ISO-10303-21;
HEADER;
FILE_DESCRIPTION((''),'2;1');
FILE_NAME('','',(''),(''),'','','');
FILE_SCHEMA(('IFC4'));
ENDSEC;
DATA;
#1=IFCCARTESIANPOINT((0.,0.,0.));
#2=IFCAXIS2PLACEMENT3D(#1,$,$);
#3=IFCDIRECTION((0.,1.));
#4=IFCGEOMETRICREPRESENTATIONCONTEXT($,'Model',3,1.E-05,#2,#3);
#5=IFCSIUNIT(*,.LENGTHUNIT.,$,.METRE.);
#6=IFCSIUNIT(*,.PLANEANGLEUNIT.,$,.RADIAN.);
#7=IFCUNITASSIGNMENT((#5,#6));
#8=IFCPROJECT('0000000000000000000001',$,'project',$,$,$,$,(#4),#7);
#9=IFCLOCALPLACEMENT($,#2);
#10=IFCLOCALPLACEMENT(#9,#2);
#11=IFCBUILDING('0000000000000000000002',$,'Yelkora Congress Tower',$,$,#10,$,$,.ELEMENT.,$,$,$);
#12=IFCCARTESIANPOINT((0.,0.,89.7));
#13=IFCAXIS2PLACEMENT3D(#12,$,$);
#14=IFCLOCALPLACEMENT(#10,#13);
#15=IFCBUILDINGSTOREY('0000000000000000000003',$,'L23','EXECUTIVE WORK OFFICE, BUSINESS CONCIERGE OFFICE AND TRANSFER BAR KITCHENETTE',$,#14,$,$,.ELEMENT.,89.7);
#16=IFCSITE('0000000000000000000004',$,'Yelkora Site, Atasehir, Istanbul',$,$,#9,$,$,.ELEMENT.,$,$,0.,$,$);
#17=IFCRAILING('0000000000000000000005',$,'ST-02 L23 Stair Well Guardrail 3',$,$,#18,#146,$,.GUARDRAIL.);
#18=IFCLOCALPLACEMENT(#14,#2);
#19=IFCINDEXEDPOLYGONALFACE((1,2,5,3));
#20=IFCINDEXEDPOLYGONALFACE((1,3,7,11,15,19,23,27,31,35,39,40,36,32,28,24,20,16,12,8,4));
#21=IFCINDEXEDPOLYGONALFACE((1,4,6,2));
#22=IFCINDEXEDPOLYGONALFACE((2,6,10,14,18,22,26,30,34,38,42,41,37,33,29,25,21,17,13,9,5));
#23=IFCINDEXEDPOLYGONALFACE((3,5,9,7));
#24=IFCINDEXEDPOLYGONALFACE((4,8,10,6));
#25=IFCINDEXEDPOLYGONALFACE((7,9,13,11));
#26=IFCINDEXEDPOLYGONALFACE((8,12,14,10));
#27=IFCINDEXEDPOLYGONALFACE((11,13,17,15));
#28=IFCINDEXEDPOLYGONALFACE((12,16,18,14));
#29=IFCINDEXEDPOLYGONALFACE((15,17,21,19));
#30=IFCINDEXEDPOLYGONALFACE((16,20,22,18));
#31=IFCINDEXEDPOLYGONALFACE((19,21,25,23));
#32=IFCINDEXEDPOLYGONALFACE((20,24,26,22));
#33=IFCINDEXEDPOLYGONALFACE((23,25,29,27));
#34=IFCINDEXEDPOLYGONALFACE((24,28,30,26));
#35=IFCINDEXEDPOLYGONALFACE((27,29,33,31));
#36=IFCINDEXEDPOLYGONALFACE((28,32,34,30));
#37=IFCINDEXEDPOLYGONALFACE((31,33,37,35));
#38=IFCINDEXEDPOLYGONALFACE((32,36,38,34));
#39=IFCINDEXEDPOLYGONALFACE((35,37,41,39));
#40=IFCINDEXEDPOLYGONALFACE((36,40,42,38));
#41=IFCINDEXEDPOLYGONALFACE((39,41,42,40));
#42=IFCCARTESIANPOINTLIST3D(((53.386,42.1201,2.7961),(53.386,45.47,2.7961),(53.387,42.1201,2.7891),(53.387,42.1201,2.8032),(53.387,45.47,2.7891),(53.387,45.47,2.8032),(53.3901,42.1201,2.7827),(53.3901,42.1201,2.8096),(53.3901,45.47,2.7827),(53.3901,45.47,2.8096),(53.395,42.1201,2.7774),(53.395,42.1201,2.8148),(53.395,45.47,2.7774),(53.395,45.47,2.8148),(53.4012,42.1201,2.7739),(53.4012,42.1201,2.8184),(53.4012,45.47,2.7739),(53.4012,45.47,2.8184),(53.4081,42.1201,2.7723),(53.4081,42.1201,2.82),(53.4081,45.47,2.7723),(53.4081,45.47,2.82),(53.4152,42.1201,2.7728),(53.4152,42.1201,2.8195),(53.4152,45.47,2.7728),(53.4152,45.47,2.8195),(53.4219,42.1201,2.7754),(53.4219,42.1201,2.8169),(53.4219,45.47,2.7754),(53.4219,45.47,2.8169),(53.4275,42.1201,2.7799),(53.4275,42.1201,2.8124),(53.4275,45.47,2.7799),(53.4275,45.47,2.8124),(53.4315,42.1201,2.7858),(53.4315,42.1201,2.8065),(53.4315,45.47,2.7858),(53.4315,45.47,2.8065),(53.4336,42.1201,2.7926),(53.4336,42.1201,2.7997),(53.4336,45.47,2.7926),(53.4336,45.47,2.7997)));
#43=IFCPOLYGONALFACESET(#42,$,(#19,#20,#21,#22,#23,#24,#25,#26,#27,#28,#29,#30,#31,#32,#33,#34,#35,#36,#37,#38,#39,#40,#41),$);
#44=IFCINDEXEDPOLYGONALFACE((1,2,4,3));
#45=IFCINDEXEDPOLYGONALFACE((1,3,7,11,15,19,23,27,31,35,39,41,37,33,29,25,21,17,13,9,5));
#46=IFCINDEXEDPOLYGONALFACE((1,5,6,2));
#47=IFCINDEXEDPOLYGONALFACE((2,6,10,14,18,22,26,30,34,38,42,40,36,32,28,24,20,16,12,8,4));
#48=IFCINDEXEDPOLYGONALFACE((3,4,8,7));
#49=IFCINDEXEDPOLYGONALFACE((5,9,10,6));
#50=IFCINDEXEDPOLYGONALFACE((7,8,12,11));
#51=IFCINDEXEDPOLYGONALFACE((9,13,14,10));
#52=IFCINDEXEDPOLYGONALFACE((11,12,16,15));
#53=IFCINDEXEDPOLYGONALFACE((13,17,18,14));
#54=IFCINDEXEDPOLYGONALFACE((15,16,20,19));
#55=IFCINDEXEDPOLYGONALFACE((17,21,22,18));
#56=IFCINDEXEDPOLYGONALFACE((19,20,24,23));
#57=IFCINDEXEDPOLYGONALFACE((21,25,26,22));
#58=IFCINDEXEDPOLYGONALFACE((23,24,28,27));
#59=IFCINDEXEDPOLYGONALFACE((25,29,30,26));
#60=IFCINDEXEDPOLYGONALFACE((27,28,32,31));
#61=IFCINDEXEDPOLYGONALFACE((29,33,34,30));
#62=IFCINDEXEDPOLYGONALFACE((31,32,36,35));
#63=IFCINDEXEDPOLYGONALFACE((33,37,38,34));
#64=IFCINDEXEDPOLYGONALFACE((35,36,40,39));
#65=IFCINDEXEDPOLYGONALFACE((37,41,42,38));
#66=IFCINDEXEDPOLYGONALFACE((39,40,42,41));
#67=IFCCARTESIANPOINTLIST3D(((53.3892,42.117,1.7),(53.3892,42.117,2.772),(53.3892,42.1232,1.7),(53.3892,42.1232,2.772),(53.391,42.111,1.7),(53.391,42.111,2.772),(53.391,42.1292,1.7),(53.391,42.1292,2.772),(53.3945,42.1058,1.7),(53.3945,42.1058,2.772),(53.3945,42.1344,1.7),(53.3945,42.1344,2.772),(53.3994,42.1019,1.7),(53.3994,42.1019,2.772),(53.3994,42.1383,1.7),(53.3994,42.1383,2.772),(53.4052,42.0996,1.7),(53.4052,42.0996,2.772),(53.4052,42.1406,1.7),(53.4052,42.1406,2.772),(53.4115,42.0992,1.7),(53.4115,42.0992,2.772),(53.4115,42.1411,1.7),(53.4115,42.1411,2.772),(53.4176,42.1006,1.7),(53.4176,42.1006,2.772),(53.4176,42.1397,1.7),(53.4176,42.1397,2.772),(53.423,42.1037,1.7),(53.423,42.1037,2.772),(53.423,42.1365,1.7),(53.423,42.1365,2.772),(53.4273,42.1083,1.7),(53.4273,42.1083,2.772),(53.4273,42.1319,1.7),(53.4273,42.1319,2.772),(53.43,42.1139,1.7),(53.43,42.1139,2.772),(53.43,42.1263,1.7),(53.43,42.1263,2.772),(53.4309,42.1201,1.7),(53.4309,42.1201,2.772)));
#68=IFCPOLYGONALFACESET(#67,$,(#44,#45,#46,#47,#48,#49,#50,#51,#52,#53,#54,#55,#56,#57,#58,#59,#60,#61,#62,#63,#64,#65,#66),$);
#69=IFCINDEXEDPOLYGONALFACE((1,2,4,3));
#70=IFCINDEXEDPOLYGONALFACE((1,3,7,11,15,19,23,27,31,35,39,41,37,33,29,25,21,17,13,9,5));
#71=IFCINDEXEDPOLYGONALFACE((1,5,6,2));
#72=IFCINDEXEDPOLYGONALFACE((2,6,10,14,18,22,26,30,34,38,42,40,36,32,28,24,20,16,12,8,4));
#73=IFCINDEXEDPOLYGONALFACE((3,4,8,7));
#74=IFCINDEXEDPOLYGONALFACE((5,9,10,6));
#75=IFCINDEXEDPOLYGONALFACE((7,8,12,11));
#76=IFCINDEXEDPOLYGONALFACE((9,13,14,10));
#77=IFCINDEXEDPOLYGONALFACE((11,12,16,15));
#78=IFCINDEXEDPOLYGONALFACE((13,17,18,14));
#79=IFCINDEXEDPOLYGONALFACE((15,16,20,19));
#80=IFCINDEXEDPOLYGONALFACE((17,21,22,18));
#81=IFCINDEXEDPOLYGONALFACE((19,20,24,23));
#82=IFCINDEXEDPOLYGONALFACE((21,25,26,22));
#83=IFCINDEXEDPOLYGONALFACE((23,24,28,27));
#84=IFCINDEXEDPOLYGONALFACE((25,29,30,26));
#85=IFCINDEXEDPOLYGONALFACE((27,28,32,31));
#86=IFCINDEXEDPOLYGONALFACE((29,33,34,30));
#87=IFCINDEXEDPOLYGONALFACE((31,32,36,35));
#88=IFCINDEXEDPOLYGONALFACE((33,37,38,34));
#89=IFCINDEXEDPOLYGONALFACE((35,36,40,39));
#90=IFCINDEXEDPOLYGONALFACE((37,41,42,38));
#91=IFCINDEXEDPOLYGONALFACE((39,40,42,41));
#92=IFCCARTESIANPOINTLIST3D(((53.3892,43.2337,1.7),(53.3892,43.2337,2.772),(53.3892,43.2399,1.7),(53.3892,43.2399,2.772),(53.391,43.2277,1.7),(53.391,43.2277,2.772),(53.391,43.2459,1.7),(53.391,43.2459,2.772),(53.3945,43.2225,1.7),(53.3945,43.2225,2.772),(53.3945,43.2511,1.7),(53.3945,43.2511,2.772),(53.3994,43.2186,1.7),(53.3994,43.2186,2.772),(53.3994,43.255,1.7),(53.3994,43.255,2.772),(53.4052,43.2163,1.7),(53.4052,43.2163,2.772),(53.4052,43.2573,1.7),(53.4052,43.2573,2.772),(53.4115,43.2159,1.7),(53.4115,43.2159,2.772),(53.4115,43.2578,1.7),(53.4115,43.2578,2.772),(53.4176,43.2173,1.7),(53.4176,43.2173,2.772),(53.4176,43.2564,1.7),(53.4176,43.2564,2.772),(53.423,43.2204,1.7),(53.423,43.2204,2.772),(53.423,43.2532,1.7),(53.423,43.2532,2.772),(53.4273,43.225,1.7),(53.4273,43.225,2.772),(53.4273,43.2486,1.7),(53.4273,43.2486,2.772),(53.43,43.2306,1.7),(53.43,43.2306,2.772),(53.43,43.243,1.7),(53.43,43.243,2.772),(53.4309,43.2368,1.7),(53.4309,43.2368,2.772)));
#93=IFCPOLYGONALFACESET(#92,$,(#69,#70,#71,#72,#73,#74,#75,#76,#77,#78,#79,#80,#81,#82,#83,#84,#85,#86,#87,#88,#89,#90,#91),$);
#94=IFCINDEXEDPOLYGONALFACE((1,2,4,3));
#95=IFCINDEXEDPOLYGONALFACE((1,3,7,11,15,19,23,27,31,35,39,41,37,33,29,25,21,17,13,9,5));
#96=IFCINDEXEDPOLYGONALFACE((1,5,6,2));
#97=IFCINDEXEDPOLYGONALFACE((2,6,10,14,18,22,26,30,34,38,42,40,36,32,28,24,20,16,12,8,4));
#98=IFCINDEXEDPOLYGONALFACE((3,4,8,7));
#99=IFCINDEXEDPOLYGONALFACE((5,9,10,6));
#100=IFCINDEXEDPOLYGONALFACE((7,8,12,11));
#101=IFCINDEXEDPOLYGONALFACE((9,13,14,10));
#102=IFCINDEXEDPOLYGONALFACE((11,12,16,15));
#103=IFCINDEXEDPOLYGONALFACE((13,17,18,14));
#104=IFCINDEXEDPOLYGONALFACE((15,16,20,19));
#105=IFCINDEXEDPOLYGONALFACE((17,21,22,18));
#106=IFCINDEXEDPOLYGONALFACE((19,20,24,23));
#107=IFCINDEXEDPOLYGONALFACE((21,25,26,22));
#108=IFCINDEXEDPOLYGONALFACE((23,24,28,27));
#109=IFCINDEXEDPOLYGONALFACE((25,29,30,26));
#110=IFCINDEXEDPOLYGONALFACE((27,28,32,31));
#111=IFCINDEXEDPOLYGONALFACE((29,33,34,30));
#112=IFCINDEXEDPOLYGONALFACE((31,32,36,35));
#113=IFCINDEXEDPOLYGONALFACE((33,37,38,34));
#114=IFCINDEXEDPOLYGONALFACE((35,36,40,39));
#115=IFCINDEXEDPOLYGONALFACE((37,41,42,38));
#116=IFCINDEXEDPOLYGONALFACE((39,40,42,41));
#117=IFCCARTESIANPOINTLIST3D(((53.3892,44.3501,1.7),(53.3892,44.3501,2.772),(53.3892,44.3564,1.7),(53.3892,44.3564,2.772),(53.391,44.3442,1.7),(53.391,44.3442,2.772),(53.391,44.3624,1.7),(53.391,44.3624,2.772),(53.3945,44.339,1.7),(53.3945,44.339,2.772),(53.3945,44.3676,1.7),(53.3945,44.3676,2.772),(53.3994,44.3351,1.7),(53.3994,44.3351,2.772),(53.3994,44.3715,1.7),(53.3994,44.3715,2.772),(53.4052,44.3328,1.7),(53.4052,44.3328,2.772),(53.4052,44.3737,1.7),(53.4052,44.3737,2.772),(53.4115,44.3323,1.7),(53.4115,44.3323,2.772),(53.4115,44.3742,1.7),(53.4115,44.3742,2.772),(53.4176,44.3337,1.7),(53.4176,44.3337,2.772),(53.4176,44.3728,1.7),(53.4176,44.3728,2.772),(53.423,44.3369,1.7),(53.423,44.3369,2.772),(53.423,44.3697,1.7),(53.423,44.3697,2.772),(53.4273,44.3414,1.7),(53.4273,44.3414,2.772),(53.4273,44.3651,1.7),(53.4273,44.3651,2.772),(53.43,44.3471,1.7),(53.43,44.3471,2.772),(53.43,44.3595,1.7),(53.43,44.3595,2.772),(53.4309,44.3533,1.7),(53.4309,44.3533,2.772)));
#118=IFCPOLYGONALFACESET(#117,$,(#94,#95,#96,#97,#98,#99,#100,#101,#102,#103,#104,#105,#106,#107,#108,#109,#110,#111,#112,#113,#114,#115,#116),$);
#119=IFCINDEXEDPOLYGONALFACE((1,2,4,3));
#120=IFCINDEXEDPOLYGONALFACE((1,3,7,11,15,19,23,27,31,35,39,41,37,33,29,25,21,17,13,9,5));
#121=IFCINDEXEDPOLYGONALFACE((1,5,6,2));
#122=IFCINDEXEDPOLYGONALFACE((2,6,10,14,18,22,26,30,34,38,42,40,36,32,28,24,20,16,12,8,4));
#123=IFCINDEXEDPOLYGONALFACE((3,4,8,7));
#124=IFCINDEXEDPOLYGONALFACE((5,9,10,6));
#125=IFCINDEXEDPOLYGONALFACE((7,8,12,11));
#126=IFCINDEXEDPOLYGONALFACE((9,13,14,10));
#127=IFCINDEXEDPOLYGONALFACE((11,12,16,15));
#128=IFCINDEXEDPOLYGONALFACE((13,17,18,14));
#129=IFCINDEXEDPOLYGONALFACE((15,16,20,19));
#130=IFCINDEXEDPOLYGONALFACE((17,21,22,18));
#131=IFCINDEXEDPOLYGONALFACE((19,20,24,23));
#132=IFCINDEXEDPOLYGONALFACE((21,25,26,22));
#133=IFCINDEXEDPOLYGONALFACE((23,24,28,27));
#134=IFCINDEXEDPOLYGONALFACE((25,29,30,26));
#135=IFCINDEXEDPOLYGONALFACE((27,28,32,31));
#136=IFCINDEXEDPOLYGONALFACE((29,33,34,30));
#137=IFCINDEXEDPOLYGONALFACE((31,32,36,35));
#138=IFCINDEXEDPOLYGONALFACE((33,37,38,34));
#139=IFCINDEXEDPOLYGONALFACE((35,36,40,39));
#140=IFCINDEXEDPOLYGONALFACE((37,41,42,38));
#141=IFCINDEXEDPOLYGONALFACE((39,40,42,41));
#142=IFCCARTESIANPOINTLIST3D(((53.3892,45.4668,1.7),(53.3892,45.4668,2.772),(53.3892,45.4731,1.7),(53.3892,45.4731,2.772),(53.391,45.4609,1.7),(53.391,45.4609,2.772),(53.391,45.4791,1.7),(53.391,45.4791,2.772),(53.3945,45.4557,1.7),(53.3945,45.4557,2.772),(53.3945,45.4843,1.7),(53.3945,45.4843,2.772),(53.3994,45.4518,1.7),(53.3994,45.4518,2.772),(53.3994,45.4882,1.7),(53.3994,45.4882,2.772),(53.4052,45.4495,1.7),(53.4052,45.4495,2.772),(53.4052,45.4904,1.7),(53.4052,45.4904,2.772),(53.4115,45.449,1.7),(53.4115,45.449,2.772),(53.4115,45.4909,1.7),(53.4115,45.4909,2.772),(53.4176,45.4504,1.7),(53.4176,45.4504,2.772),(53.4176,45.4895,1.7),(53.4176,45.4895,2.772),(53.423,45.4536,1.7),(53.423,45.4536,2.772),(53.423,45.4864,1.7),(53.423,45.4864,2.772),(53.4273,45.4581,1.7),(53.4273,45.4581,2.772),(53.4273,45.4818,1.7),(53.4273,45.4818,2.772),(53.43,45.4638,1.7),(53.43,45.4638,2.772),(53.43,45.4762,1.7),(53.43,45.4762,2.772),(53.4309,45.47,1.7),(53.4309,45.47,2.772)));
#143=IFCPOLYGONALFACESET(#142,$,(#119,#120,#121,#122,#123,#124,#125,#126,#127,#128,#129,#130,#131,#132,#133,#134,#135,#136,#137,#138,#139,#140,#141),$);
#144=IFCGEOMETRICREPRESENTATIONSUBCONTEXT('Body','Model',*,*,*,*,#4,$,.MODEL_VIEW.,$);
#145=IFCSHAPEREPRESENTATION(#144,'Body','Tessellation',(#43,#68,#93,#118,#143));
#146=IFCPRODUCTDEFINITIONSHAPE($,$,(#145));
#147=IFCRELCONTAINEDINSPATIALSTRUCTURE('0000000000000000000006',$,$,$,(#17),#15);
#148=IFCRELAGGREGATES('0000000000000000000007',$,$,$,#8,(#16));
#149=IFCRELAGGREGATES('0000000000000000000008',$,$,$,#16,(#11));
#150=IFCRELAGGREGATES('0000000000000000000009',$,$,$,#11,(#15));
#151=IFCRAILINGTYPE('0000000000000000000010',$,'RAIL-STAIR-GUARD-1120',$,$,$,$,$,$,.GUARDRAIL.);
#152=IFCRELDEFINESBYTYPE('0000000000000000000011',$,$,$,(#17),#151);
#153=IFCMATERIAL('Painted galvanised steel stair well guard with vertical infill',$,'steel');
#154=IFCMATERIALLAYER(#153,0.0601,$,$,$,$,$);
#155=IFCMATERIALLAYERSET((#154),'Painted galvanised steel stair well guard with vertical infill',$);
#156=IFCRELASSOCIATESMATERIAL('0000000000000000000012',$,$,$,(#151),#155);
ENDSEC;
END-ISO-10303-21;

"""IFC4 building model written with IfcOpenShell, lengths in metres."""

from ifc_helpers import new_model, si_unit, direction, frame, origin, origin_2d, place, context, subcontext, project, spatial, circle, extrude, material, layer, layer_set, type_object, element, save


model = new_model("IFC4")

# Units and contexts
model_context = context("Model", 3, precision=1e-05, world=origin(), true_north=direction((0.0, 1.0)))
body_context = subcontext(model_context, "Body", "Model", "MODEL_VIEW")
ifc_project = project(units=[si_unit("LENGTHUNIT", "METRE"), si_unit("PLANEANGLEUNIT", "RADIAN")], contexts=[model_context])

# Site, building, storey
site_placement = place(None, origin())
site = spatial("IfcSite", under=ifc_project, at=site_placement, Name="Yelkora Site, Atasehir, Istanbul", CompositionType="ELEMENT", RefElevation=0.0)
building_placement = place(site_placement, origin())
building = spatial("IfcBuilding", under=site, at=building_placement, Name="Yelkora Congress Tower", CompositionType="ELEMENT")
storey_placement = place(building_placement, frame((0.0, 0.0, 89.7)))
storey = spatial("IfcBuildingStorey", under=building, at=storey_placement, Name="L23", Description="EXECUTIVE WORK OFFICE, BUSINESS CONCIERGE OFFICE AND TRANSFER BAR KITCHENETTE", CompositionType="ELEMENT", Elevation=89.7)

# Railing
ifc_material_1 = material(Name="Painted galvanised steel stair well guard with vertical infill", Category="steel")
ifc_layer_1 = layer(ifc_material_1, 0.0601)
ifc_layer_set_1 = layer_set([ifc_layer_1], Name="Painted galvanised steel stair well guard with vertical infill")
railing_type_1 = type_object("IfcRailingType", Name="RAIL-STAIR-GUARD-1120", PredefinedType="GUARDRAIL", material=ifc_layer_set_1)
for number, where, name in (
    (1, (53.4099, 42.1201, 1.7), "ST-02 L23 Stair Well Guardrail 3"),
):
    element("IfcRailing", number, at=place(storey_placement, frame(where)), inside=storey, type_object=railing_type_1, Name=name, PredefinedType="GUARDRAIL", context=body_context, shape_type="SweptSolid", body=[
        extrude(circle(Radius=0.0239, at=origin_2d()), frame((0.0, 0.0, 1.0962), z_axis=(0.0, 1.0, 0.0), x_axis=(-1.0, 0.0, 0.0)), (0.0, 0.0, 1.0), 3.3499),
        extrude(circle(Radius=0.021, at=origin_2d()), origin(), (0.0, 0.0, 1.0), 1.072),
        extrude(circle(Radius=0.021, at=origin_2d()), frame((0.0, 1.1167, 0.0)), (0.0, 0.0, 1.0), 1.072),
        extrude(circle(Radius=0.021, at=origin_2d()), frame((0.0, 2.2332, 0.0)), (0.0, 0.0, 1.0), 1.072),
        extrude(circle(Radius=0.021, at=origin_2d()), frame((0.0, 3.3499, 0.0)), (0.0, 0.0, 1.0), 1.072),
    ])

save(model, "model.ifc")
